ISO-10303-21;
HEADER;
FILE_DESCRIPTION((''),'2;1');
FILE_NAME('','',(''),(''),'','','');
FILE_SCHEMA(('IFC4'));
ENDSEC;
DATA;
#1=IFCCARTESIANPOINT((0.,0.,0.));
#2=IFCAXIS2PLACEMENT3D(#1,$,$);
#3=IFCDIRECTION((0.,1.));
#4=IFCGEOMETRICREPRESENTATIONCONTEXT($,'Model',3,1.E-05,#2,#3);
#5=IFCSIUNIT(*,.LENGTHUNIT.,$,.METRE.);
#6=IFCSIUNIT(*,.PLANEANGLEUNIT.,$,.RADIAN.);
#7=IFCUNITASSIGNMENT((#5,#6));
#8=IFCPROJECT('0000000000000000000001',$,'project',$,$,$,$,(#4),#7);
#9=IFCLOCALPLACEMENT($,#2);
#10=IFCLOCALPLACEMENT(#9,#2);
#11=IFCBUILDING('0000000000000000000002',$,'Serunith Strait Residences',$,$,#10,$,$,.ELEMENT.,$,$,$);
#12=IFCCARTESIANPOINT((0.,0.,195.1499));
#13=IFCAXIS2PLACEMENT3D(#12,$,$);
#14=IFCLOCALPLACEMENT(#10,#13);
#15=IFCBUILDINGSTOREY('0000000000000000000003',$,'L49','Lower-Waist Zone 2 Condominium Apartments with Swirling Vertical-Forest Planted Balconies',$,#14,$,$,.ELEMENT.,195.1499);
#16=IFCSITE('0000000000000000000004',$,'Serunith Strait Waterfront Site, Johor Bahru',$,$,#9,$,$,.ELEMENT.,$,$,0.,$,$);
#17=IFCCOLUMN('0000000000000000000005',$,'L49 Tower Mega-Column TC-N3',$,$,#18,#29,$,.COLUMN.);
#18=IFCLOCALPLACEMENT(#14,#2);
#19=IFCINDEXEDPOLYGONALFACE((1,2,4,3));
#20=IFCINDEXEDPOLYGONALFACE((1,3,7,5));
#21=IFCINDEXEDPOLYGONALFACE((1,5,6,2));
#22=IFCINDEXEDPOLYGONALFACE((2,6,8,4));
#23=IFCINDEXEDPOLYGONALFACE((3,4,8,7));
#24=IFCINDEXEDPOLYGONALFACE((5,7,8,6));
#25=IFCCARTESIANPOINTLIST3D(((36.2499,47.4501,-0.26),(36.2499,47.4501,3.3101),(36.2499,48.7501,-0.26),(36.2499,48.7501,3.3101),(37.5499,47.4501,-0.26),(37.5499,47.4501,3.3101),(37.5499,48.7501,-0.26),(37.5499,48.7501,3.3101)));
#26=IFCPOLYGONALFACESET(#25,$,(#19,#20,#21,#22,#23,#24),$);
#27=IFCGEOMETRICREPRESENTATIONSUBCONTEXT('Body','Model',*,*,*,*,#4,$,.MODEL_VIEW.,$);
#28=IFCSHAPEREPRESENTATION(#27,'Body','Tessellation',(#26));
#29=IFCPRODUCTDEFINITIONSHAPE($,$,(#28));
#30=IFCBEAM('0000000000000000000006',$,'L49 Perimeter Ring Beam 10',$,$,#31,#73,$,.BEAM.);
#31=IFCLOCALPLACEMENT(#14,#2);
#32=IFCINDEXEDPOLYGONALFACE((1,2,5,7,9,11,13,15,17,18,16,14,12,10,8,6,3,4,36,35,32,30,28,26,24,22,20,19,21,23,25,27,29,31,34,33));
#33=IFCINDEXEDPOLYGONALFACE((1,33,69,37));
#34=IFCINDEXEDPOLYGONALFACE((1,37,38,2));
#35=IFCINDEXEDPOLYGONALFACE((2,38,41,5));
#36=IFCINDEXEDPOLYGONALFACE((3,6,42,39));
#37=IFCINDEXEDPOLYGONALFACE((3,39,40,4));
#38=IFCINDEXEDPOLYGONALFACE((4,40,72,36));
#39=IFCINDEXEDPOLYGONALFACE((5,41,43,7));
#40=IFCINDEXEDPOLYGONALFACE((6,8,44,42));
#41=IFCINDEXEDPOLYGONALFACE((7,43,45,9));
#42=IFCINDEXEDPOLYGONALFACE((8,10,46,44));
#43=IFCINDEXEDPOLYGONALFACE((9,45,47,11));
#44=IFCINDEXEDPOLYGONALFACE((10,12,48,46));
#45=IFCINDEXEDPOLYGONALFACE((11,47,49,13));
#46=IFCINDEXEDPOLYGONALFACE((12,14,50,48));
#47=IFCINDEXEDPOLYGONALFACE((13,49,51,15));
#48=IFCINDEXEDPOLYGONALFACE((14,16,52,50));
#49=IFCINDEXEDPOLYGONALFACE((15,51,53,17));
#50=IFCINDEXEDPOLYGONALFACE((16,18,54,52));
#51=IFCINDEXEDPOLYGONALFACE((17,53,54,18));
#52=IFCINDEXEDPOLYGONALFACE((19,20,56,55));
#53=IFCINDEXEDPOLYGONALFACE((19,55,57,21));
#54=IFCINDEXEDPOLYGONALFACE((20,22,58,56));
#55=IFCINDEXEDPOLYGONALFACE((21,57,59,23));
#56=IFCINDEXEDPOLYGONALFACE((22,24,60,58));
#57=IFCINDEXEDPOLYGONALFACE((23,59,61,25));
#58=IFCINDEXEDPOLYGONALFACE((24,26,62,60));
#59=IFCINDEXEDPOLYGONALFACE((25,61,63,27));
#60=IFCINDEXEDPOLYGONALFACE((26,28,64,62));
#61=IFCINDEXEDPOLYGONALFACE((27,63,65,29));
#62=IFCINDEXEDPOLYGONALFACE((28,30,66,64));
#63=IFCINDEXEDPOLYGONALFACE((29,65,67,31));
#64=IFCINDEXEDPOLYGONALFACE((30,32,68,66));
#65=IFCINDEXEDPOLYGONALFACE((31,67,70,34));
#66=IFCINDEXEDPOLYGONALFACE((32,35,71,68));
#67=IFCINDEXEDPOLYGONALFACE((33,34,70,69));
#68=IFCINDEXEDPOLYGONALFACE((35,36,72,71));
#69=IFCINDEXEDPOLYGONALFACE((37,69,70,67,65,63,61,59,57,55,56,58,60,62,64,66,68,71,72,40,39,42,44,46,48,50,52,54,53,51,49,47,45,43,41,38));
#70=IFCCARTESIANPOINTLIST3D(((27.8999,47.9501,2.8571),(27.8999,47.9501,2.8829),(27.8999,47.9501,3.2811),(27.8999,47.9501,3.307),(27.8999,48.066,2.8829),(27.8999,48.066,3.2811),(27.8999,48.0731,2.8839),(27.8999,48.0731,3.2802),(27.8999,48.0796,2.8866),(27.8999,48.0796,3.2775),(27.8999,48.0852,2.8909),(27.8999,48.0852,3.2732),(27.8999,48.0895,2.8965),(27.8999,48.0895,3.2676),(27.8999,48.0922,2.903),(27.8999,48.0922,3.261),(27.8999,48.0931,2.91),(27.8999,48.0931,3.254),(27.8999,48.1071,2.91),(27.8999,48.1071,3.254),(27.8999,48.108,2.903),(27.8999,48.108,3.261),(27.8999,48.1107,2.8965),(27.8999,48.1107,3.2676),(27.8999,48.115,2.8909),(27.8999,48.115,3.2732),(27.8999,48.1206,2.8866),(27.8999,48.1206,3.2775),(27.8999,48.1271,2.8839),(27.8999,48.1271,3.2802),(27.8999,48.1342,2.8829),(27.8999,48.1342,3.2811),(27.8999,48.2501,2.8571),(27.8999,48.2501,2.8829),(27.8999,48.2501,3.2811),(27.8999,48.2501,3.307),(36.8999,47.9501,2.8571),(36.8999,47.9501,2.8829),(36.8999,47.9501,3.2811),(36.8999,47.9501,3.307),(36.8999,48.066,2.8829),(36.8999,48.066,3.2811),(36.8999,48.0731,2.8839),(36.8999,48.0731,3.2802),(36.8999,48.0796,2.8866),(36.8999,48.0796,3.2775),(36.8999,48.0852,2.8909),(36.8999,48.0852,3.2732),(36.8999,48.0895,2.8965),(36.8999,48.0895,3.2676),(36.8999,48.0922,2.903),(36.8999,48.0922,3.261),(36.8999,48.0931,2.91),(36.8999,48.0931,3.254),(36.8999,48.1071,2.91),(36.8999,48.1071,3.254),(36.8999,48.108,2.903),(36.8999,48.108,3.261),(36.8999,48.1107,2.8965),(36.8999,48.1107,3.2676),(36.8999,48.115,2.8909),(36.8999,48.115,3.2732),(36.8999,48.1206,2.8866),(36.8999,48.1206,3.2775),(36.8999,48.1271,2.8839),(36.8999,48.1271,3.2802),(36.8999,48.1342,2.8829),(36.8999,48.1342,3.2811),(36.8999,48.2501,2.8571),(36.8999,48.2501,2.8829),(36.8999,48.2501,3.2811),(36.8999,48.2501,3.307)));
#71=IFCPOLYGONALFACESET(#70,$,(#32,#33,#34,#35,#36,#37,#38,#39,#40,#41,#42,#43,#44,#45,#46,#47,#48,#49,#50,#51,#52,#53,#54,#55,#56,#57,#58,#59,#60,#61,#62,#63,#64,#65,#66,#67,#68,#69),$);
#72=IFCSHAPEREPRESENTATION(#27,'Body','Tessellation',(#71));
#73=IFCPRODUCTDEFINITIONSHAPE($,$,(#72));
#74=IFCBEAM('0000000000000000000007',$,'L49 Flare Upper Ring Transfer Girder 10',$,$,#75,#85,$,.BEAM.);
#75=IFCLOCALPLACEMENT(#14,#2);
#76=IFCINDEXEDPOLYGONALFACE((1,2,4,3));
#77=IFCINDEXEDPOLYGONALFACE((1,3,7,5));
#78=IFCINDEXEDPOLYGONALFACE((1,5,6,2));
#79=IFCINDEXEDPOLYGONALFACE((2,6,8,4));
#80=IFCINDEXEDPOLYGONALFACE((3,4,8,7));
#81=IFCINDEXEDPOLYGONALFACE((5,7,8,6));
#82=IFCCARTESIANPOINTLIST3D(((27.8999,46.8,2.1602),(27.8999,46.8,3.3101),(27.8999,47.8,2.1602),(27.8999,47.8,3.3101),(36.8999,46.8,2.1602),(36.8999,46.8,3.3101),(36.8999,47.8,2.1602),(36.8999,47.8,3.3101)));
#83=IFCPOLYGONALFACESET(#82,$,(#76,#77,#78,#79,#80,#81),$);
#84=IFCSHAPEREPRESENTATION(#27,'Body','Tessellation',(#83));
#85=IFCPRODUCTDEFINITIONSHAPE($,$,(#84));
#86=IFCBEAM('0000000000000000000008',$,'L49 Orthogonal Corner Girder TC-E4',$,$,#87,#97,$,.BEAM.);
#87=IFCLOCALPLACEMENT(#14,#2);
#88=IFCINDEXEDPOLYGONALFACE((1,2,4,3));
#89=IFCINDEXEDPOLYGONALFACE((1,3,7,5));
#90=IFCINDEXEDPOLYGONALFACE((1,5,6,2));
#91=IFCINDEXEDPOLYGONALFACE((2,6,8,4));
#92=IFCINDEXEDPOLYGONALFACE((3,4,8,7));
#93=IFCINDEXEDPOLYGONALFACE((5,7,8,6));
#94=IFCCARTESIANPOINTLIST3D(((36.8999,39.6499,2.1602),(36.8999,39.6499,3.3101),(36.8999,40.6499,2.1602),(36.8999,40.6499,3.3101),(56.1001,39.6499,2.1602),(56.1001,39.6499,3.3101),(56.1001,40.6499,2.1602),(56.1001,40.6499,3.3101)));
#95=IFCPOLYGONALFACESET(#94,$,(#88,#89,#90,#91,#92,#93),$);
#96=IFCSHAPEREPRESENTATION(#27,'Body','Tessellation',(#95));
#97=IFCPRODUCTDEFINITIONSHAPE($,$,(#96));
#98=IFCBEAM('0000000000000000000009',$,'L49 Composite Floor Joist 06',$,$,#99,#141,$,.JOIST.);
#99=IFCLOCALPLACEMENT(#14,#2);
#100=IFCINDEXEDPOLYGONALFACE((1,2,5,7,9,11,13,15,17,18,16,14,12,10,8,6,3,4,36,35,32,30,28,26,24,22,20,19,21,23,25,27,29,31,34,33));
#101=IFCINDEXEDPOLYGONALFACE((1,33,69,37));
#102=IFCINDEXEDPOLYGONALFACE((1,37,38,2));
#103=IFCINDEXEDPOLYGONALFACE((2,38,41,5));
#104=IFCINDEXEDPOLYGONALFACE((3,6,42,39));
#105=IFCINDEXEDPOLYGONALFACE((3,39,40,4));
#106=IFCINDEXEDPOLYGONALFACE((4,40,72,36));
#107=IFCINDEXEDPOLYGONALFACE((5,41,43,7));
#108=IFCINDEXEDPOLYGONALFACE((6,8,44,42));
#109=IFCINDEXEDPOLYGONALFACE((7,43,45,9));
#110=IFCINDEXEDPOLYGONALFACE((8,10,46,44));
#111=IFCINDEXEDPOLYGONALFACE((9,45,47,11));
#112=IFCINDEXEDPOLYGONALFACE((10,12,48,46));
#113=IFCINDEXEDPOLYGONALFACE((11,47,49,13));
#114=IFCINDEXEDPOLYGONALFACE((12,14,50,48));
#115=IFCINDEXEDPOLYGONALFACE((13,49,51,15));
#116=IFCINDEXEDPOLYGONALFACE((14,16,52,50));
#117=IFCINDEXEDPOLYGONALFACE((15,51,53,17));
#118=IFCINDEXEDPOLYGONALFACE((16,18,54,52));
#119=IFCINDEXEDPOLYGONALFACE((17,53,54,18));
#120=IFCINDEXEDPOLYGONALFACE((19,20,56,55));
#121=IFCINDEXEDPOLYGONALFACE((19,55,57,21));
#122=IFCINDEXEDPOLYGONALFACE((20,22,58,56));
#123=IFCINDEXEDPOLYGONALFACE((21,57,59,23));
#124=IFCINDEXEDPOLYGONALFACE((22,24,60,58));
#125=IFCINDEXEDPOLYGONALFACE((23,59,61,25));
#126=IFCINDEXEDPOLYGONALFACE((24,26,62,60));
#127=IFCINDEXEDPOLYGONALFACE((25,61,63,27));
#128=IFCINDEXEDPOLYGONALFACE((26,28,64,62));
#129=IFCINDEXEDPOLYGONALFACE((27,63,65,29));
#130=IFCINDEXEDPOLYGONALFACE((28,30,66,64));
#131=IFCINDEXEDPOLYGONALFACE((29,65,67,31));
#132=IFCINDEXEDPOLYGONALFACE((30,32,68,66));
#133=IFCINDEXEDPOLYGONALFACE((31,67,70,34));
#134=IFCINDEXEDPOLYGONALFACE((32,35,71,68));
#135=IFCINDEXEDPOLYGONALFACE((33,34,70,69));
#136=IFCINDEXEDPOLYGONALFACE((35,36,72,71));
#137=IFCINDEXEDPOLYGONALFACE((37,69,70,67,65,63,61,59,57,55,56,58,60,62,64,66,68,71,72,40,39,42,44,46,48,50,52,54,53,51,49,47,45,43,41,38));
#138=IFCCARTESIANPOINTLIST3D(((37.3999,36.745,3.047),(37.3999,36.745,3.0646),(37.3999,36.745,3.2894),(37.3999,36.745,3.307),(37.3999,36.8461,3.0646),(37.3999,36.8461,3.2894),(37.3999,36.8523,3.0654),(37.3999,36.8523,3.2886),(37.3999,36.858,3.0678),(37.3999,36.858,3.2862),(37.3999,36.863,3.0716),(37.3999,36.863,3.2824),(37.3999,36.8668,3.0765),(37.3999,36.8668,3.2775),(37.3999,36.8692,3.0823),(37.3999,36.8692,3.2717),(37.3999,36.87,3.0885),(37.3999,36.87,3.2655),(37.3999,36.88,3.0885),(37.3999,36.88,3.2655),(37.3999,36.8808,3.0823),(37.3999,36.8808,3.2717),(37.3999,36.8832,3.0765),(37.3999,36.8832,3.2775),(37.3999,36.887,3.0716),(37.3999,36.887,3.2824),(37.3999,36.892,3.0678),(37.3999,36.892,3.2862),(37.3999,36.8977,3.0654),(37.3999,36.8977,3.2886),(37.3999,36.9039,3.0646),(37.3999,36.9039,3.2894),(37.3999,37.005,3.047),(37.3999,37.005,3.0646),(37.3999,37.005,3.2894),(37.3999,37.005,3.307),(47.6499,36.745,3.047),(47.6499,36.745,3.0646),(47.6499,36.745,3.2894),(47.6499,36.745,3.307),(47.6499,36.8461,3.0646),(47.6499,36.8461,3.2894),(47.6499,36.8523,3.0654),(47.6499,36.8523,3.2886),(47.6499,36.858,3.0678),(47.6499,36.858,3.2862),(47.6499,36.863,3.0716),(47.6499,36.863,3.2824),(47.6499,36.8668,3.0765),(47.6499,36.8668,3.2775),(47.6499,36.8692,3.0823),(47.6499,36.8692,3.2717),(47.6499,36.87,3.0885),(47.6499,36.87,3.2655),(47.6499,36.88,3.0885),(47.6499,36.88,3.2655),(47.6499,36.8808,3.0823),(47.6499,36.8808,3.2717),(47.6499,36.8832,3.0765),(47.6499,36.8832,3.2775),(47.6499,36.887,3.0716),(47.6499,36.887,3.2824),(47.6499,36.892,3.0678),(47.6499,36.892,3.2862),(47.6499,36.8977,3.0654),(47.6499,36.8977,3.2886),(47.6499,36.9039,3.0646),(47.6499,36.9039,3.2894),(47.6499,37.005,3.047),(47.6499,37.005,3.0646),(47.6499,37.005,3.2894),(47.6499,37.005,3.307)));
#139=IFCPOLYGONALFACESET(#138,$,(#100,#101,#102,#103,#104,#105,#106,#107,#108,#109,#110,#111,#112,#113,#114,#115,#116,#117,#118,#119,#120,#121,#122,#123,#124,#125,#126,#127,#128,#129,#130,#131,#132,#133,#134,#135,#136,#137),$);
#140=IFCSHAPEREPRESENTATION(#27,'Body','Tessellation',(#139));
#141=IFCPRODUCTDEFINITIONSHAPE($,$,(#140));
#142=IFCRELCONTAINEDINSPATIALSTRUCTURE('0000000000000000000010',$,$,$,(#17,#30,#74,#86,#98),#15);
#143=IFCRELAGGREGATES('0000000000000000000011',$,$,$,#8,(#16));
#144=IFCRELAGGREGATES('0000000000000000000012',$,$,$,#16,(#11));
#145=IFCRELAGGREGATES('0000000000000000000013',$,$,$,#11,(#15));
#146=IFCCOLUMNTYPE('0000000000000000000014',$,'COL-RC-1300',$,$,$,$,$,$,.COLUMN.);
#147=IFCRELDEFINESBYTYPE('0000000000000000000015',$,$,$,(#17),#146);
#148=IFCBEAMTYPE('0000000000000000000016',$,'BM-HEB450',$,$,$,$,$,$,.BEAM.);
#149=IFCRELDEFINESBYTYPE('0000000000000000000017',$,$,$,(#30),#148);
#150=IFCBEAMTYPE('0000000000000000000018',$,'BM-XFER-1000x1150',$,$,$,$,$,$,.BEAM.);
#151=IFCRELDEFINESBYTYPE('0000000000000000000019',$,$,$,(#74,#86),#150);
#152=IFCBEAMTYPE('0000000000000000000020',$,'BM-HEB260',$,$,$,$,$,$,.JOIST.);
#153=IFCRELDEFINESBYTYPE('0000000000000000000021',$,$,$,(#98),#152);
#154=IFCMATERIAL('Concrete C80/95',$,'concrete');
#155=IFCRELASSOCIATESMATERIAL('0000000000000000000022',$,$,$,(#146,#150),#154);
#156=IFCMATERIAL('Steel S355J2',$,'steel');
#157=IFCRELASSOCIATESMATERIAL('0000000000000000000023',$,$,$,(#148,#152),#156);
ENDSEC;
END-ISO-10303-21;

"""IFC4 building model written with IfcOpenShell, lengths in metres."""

from ifc_helpers import new_model, si_unit, direction, frame, origin, origin_2d, place, context, subcontext, project, spatial, rectangle, i_section, extrude, source, transform, mapped, material, material_profile, profile_set, type_object, element, save


model = new_model("IFC4")

# Units and contexts
model_context = context("Model", 3, precision=1e-05, world=origin(), true_north=direction((0.0, 1.0)))
body_context = subcontext(model_context, "Body", "Model", "MODEL_VIEW")
ifc_project = project(units=[si_unit("LENGTHUNIT", "METRE"), si_unit("PLANEANGLEUNIT", "RADIAN")], contexts=[model_context])

# Site, building, storey
site_placement = place(None, origin())
site = spatial("IfcSite", under=ifc_project, at=site_placement, Name="Serunith Strait Waterfront Site, Johor Bahru", CompositionType="ELEMENT", RefElevation=0.0)
building_placement = place(site_placement, origin())
building = spatial("IfcBuilding", under=site, at=building_placement, Name="Serunith Strait Residences", CompositionType="ELEMENT")
storey_placement = place(building_placement, frame((0.0, 0.0, 195.1499)))
storey = spatial("IfcBuildingStorey", under=building, at=storey_placement, Name="L49", Description="Lower-Waist Zone 2 Condominium Apartments with Swirling Vertical-Forest Planted Balconies", CompositionType="ELEMENT", Elevation=195.1499)

# Column
ifc_material_1 = material(Name="Concrete C80/95", Category="concrete")
ifc_material_profile_1 = material_profile(ifc_material_1, rectangle(XDim=1.3, YDim=1.3, at=origin_2d()), Name="RC 1300x1300")
ifc_profile_set_1 = profile_set([ifc_material_profile_1], Name="Concrete C80/95")
column_type = type_object("IfcColumnType", Name="COL-RC-1300", PredefinedType="COLUMN", material=ifc_profile_set_1)
shared_shape_1 = source(origin(), body_context, "Body", "SweptSolid", [
    extrude(rectangle(XDim=1.3, YDim=1.3, at=origin_2d()), origin(), (0.0, 0.0, 1.0), 3.5701),
])
column_placement = place(storey_placement, frame((36.8999, 48.1001, -0.26), z_axis=(0.0, 0.0, 1.0), x_axis=(1.0, 0.0, 0.0)))
element("IfcColumn", 1, at=column_placement, inside=storey, type_object=column_type, Name="L49 Tower Mega-Column TC-N3", PredefinedType="COLUMN", context=body_context, shape_type="MappedRepresentation", body=[
    mapped(shared_shape_1, transform((0.0, 0.0, 0.0), scale=1.0)),
])

# Beams
ifc_material_2 = material(Name="Steel S355J2", Category="steel")
ifc_material_profile_2 = material_profile(ifc_material_2, i_section(OverallWidth=0.3, OverallDepth=0.45, WebThickness=0.0139, FlangeThickness=0.0259, FilletRadius=0.0271, at=origin_2d()), Name="HEB 450")
ifc_profile_set_2 = profile_set([ifc_material_profile_2], Name="Steel S355J2")
beam_type_1 = type_object("IfcBeamType", Name="BM-HEB450", PredefinedType="BEAM", material=ifc_profile_set_2)
shared_shape_2 = source(origin(), body_context, "Body", "SweptSolid", [
    extrude(i_section(OverallWidth=0.3, OverallDepth=0.45, WebThickness=0.0139, FlangeThickness=0.0259, FilletRadius=0.0271, at=origin_2d()), origin(), (0.0, 0.0, 1.0), 9.0),
])
beam_1_placement = place(storey_placement, frame((36.8999, 48.1001, 3.082), z_axis=(-1.0, 0.0, 0.0), x_axis=(0.0, -1.0, 0.0)))
element("IfcBeam", 2, at=beam_1_placement, inside=storey, type_object=beam_type_1, Name="L49 Perimeter Ring Beam 10", PredefinedType="BEAM", context=body_context, shape_type="MappedRepresentation", body=[
    mapped(shared_shape_2, transform((0.0, 0.0, 0.0), scale=1.0)),
])
ifc_material_profile_3 = material_profile(ifc_material_1, rectangle(XDim=1.0, YDim=1.1499, at=origin_2d()), Name="RC 1000x1150")
ifc_profile_set_3 = profile_set([ifc_material_profile_3], Name="Concrete C80/95")
beam_type_2 = type_object("IfcBeamType", Name="BM-XFER-1000x1150", PredefinedType="BEAM", material=ifc_profile_set_3)
shared_shape_3 = source(origin(), body_context, "Body", "SweptSolid", [
    extrude(rectangle(XDim=1.0, YDim=1.1499, at=origin_2d()), origin(), (0.0, 0.0, 1.0), 9.0),
])
beam_2_placement = place(storey_placement, frame((36.8999, 47.3, 2.7351), z_axis=(-1.0, 0.0, 0.0), x_axis=(0.0, -1.0, 0.0)))
element("IfcBeam", 3, at=beam_2_placement, inside=storey, type_object=beam_type_2, Name="L49 Flare Upper Ring Transfer Girder 10", PredefinedType="BEAM", context=body_context, shape_type="MappedRepresentation", body=[
    mapped(shared_shape_3, transform((0.0, 0.0, 0.0), scale=1.0)),
])
shared_shape_4 = source(origin(), body_context, "Body", "SweptSolid", [
    extrude(rectangle(XDim=1.0, YDim=1.1499, at=origin_2d()), origin(), (0.0, 0.0, 1.0), 19.2002),
])
beam_3_placement = place(storey_placement, frame((36.8999, 40.1499, 2.7351), z_axis=(1.0, 0.0, 0.0), x_axis=(0.0, 1.0, 0.0)))
element("IfcBeam", 4, at=beam_3_placement, inside=storey, type_object=beam_type_2, Name="L49 Orthogonal Corner Girder TC-E4", PredefinedType="BEAM", context=body_context, shape_type="MappedRepresentation", body=[
    mapped(shared_shape_4, transform((0.0, 0.0, 0.0), scale=1.0)),
])
ifc_material_profile_4 = material_profile(ifc_material_2, i_section(OverallWidth=0.26, OverallDepth=0.26, WebThickness=0.01, FlangeThickness=0.0176, FilletRadius=0.0239, at=origin_2d()), Name="HEB 260")
ifc_profile_set_4 = profile_set([ifc_material_profile_4], Name="Steel S355J2")
beam_type_3 = type_object("IfcBeamType", Name="BM-HEB260", PredefinedType="JOIST", material=ifc_profile_set_4)
shared_shape_5 = source(origin(), body_context, "Body", "SweptSolid", [
    extrude(i_section(OverallWidth=0.26, OverallDepth=0.26, WebThickness=0.01, FlangeThickness=0.0176, FilletRadius=0.0239, at=origin_2d()), origin(), (0.0, 0.0, 1.0), 10.25),
])
beam_4_placement = place(storey_placement, frame((37.3999, 36.875, 3.177), z_axis=(1.0, 0.0, 0.0), x_axis=(0.0, 1.0, 0.0)))
element("IfcBeam", 5, at=beam_4_placement, inside=storey, type_object=beam_type_3, Name="L49 Composite Floor Joist 06", PredefinedType="JOIST", context=body_context, shape_type="MappedRepresentation", body=[
    mapped(shared_shape_5, transform((0.0, 0.0, 0.0), scale=1.0)),
])

save(model, "model.ifc")
